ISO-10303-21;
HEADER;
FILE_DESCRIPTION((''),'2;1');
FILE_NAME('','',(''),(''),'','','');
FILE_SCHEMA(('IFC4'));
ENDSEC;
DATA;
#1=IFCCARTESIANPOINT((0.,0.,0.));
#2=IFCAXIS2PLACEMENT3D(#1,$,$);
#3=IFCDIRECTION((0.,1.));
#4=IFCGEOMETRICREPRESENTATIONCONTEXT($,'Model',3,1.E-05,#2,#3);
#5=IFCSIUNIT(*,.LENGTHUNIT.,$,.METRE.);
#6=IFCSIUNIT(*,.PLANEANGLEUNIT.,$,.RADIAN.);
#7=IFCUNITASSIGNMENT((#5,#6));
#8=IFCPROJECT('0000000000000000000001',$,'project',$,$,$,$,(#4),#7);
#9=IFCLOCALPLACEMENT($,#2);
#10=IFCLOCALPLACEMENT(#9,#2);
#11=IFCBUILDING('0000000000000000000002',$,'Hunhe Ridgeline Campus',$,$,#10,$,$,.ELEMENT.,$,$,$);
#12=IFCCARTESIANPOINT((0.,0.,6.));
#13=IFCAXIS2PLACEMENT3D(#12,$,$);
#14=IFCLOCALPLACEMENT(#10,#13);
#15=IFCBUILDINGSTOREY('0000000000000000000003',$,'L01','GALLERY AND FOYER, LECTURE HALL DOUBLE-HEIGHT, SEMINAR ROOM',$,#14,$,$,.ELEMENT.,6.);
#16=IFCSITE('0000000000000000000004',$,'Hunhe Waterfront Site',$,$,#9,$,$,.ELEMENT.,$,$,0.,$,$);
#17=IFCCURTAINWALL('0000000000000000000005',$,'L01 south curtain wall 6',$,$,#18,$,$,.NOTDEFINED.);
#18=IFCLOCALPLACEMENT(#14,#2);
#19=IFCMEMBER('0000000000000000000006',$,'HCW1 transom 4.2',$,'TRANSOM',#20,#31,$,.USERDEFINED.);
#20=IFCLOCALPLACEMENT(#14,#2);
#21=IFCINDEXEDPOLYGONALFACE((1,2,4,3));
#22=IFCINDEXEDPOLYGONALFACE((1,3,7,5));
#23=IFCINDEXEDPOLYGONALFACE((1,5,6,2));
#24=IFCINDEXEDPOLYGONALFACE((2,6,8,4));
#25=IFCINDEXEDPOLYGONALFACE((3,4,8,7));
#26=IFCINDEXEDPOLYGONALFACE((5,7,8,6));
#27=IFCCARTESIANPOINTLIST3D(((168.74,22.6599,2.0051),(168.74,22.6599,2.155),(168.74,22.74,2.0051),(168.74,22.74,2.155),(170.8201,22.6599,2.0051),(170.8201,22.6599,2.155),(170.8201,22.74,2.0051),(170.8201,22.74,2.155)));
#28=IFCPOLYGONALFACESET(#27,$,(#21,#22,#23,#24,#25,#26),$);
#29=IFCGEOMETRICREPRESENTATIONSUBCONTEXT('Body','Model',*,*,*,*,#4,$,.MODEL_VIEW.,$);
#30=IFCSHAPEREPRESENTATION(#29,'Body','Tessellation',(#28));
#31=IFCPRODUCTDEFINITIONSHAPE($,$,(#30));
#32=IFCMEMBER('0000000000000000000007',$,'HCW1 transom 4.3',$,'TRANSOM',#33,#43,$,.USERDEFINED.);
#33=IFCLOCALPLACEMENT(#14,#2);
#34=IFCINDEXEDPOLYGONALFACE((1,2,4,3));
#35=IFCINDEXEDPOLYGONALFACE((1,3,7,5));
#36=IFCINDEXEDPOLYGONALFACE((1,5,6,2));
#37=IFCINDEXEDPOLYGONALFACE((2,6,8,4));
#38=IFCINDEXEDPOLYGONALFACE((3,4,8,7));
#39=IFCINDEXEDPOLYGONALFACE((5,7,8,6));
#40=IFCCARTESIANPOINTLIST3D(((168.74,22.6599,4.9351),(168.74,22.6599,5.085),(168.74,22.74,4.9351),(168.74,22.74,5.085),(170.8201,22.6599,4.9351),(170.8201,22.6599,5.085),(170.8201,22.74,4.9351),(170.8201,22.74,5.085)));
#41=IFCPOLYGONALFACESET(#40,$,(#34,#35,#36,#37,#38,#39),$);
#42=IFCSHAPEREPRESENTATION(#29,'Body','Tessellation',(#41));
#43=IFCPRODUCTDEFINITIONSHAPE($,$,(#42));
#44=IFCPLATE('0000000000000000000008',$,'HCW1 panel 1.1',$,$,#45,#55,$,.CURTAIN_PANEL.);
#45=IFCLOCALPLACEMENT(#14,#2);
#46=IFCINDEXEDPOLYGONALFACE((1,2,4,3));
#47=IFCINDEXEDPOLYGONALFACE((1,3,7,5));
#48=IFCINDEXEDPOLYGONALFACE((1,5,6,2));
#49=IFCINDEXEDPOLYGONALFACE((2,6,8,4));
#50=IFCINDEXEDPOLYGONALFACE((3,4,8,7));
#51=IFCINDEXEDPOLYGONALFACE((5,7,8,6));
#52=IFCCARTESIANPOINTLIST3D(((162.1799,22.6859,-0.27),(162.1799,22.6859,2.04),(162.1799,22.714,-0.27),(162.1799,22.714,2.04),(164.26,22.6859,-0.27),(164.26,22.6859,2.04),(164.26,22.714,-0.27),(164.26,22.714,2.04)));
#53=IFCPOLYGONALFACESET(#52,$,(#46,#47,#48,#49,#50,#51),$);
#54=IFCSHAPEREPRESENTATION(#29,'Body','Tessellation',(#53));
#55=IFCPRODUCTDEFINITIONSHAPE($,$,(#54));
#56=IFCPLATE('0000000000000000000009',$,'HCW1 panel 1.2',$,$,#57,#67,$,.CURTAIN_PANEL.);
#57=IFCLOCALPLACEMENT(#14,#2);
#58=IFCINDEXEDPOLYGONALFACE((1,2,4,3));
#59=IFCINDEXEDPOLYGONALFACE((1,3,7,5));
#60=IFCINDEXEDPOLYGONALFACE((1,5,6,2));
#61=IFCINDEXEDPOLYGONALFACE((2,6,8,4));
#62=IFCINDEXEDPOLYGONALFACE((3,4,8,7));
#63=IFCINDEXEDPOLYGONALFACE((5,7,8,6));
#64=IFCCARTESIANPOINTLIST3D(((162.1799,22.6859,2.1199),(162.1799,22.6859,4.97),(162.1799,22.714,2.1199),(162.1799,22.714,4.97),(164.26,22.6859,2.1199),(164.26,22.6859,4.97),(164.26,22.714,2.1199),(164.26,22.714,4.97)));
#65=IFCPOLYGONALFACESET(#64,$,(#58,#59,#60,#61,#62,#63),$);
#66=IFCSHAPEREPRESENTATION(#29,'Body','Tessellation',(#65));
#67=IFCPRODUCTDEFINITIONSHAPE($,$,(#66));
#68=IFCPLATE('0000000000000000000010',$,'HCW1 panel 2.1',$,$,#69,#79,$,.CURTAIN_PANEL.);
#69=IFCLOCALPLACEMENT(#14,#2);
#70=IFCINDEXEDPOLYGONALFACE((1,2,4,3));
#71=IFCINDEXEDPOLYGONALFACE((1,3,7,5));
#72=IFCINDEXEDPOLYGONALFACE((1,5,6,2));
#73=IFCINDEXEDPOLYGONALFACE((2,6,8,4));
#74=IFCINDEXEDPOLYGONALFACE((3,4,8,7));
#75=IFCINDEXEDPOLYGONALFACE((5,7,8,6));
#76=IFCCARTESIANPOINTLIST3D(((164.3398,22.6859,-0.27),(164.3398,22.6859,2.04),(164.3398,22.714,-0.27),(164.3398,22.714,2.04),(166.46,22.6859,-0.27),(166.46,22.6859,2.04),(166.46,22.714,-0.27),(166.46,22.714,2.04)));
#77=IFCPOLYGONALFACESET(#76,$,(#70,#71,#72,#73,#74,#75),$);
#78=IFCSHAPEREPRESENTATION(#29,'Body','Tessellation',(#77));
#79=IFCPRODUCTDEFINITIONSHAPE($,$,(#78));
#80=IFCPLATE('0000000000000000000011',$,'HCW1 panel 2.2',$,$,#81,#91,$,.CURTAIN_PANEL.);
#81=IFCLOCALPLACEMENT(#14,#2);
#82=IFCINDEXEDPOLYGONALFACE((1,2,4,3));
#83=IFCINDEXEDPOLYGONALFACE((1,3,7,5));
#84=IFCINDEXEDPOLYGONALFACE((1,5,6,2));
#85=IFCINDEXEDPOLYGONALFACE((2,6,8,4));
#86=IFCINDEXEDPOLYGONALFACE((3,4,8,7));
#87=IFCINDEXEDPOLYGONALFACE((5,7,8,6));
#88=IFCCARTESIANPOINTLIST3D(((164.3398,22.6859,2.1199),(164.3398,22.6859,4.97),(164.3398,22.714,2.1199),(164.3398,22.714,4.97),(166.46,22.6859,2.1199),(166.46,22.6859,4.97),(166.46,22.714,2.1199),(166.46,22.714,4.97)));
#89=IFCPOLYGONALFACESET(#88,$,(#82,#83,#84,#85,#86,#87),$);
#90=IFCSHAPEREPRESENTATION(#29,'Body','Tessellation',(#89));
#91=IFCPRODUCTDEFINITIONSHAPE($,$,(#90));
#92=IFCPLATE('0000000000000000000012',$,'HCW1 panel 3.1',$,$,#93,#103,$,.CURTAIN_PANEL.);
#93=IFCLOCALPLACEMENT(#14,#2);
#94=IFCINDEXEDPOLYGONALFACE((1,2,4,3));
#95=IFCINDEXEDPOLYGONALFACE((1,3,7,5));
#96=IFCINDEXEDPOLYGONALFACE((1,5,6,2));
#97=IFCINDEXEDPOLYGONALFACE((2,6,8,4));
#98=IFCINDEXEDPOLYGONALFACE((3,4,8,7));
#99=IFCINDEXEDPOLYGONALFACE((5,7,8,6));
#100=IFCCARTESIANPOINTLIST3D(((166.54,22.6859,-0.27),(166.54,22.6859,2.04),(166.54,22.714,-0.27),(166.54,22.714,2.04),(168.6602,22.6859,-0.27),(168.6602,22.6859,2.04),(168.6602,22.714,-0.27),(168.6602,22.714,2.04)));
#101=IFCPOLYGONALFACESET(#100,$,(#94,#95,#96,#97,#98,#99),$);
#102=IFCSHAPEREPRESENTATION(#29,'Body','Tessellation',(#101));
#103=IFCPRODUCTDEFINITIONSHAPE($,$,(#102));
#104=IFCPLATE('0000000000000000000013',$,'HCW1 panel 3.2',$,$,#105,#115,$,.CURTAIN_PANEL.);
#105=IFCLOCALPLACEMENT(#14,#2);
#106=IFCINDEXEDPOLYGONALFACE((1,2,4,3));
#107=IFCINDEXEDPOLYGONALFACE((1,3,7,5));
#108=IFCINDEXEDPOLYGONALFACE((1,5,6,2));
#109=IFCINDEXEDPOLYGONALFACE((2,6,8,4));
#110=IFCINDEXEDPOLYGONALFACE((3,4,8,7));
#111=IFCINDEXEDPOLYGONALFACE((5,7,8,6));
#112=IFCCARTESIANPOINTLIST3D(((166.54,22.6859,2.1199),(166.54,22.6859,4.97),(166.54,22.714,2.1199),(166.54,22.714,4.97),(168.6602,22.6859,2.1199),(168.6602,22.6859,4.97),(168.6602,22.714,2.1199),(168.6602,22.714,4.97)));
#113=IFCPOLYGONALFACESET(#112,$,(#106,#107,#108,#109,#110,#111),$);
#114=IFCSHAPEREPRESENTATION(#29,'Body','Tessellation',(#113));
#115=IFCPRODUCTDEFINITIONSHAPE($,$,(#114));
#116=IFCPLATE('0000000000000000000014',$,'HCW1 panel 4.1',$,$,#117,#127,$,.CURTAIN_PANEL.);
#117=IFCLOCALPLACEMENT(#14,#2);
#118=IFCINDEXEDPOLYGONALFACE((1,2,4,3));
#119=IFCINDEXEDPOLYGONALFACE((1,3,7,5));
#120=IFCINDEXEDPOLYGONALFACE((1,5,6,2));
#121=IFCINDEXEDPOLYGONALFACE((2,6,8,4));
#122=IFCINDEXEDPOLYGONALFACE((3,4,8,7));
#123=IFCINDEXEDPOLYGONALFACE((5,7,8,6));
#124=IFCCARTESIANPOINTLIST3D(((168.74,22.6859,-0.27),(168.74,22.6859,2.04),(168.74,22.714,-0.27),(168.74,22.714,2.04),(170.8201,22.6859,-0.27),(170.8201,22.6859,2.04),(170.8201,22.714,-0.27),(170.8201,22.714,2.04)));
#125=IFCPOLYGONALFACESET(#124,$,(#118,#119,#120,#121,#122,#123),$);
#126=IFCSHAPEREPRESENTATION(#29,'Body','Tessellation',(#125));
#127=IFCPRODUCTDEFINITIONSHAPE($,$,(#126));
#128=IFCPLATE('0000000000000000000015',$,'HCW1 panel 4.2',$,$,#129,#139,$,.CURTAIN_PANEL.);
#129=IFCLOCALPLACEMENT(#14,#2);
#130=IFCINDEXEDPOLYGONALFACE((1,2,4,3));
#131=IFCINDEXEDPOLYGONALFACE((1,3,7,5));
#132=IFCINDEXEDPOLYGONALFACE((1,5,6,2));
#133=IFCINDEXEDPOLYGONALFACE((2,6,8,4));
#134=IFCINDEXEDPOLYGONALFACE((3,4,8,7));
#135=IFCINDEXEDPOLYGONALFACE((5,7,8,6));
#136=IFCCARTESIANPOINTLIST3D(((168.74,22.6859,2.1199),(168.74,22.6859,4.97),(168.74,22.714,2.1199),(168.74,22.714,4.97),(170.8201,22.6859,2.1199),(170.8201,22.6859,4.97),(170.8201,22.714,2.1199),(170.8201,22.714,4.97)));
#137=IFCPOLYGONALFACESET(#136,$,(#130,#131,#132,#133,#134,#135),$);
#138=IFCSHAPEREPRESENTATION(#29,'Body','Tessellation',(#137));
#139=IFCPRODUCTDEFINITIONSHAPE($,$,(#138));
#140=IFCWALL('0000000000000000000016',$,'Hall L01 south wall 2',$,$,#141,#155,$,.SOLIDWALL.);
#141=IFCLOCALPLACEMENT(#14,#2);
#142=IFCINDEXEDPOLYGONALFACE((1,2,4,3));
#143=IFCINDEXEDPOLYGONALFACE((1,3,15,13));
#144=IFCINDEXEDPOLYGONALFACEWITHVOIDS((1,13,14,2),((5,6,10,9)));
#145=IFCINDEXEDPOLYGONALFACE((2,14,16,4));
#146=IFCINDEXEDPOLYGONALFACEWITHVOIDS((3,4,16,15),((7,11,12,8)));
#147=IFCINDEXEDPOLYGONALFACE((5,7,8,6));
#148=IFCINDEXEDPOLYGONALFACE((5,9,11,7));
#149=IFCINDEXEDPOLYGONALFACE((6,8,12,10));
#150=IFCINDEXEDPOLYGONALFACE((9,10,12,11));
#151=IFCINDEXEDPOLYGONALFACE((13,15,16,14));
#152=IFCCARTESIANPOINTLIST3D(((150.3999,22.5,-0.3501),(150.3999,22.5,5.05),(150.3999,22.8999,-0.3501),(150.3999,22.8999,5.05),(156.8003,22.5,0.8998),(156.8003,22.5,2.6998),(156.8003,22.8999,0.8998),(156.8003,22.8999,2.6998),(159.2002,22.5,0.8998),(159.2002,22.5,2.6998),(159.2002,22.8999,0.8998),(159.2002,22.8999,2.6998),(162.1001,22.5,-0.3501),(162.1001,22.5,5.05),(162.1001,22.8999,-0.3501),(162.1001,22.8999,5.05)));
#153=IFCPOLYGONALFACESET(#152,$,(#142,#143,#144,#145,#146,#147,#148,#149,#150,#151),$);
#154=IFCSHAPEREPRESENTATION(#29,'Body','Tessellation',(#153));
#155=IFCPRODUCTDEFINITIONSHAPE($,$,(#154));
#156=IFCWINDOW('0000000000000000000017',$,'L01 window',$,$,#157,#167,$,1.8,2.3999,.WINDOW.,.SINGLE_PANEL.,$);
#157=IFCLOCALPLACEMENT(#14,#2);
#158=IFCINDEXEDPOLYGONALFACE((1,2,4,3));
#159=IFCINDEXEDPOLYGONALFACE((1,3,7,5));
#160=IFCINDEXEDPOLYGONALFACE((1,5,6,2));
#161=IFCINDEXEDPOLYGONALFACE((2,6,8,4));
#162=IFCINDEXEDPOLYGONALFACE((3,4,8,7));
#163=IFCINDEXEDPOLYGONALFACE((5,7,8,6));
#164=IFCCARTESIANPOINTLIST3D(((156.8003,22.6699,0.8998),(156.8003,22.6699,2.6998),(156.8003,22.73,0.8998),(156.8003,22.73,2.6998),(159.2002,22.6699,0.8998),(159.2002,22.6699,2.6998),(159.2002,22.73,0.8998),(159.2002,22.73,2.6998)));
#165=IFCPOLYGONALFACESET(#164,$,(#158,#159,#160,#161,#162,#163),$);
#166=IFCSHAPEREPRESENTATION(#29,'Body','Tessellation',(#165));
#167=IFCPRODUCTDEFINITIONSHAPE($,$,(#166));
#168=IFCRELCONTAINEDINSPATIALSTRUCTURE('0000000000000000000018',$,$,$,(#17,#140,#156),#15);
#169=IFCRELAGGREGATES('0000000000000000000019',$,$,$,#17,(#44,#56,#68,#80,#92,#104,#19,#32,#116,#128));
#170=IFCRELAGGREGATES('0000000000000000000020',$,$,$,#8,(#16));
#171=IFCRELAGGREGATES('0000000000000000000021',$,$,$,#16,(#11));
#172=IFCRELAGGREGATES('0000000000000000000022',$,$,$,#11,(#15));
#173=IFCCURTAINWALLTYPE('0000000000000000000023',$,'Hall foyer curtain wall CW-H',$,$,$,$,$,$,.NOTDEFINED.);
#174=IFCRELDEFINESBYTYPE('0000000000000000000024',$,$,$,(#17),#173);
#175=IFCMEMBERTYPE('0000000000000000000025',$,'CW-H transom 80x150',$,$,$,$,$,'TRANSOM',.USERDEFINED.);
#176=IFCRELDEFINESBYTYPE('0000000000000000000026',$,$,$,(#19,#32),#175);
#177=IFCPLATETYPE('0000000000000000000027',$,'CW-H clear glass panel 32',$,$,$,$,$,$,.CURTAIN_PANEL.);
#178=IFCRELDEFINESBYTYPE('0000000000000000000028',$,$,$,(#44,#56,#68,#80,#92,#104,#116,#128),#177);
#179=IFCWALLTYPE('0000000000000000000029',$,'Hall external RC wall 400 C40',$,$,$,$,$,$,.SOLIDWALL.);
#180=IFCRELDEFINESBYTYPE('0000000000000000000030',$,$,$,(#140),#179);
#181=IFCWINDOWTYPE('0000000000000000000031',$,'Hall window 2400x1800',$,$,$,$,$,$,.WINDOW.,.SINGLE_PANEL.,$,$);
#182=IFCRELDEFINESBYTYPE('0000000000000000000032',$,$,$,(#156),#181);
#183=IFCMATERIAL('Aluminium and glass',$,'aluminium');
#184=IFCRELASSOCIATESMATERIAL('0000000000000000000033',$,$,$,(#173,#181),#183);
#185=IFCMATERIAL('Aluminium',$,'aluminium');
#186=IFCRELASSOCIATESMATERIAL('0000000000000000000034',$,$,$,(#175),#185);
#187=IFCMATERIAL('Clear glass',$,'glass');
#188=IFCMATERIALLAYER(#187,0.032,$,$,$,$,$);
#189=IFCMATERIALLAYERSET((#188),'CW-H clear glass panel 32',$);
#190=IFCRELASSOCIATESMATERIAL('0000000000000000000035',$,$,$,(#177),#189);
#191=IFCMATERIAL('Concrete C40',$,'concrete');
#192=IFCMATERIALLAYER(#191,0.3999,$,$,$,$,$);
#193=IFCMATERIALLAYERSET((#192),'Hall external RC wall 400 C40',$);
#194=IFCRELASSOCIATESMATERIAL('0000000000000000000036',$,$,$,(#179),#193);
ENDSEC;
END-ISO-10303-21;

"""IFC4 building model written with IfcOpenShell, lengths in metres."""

from ifc_helpers import new_model, si_unit, direction, frame, frame_2d, origin, origin_2d, place, context, subcontext, project, spatial, rectangle, extrude, material, layer, layer_set, material_profile, profile_set, type_object, element, fill, aggregate, save


model = new_model("IFC4")

# Units and contexts
model_context = context("Model", 3, precision=1e-05, world=origin(), true_north=direction((0.0, 1.0)))
body_context = subcontext(model_context, "Body", "Model", "MODEL_VIEW")
ifc_project = project(units=[si_unit("LENGTHUNIT", "METRE"), si_unit("PLANEANGLEUNIT", "RADIAN")], contexts=[model_context])

# Site, building, storey
site_placement = place(None, origin())
site = spatial("IfcSite", under=ifc_project, at=site_placement, Name="Hunhe Waterfront Site", CompositionType="ELEMENT", RefElevation=0.0)
building_placement = place(site_placement, origin())
building = spatial("IfcBuilding", under=site, at=building_placement, Name="Hunhe Ridgeline Campus", CompositionType="ELEMENT")
storey_placement = place(building_placement, frame((0.0, 0.0, 6.0)))
storey = spatial("IfcBuildingStorey", under=building, at=storey_placement, Name="L01", Description="GALLERY AND FOYER, LECTURE HALL DOUBLE-HEIGHT, SEMINAR ROOM", CompositionType="ELEMENT", Elevation=6.0)

# Curtain wall, members, plates
ifc_material_1 = material(Name="Aluminium and glass", Category="aluminium")
curtain_wall_type = type_object("IfcCurtainWallType", Name="Hall foyer curtain wall CW-H", PredefinedType="NOTDEFINED", material=ifc_material_1)
curtain_wall_placement = place(storey_placement, origin())
curtain_wall = element("IfcCurtainWall", 1, at=curtain_wall_placement, inside=storey, type_object=curtain_wall_type, Name="L01 south curtain wall 6", PredefinedType="NOTDEFINED")
ifc_material_2 = material(Name="Aluminium", Category="aluminium")
ifc_material_profile_1 = material_profile(ifc_material_2, rectangle(XDim=0.0801, YDim=0.1499, at=origin_2d()))
ifc_profile_set_1 = profile_set([ifc_material_profile_1], Name="Aluminium")
member_type_1 = type_object("IfcMemberType", Name="CW-H transom 80x150", ElementType="TRANSOM", PredefinedType="USERDEFINED", material=ifc_profile_set_1)
member_1_placement = place(storey_placement, frame((168.74, 22.7, 2.0801), z_axis=(1.0, 0.0, 0.0), x_axis=(0.0, 1.0, 0.0)))
member_1 = element("IfcMember", 2, at=member_1_placement, type_object=member_type_1, Name="HCW1 transom 4.2", ObjectType="TRANSOM", PredefinedType="USERDEFINED", context=body_context, shape_type="SweptSolid", body=[
    extrude(rectangle(XDim=0.0801, YDim=0.1499, at=origin_2d()), origin(), (0.0, 0.0, 1.0), 2.0801),
])
member_2_placement = place(storey_placement, frame((168.74, 22.7, 5.01), z_axis=(1.0, 0.0, 0.0), x_axis=(0.0, 1.0, 0.0)))
member_2 = element("IfcMember", 3, at=member_2_placement, type_object=member_type_1, Name="HCW1 transom 4.3", ObjectType="TRANSOM", PredefinedType="USERDEFINED", context=body_context, shape_type="SweptSolid", body=[
    extrude(rectangle(XDim=0.0801, YDim=0.1499, at=origin_2d()), origin(), (0.0, 0.0, 1.0), 2.0801),
])
ifc_material_3 = material(Name="Clear glass", Category="glass")
ifc_layer_1 = layer(ifc_material_3, 0.032)
ifc_layer_set_1 = layer_set([ifc_layer_1], Name="CW-H clear glass panel 32")
plate_type = type_object("IfcPlateType", Name="CW-H clear glass panel 32", PredefinedType="CURTAIN_PANEL", material=ifc_layer_set_1)
plate_1_placement = place(storey_placement, frame((163.22, 22.7, -0.27), z_axis=(0.0, 0.0, 1.0), x_axis=(1.0, 0.0, 0.0)))
plate_1 = element("IfcPlate", 4, at=plate_1_placement, type_object=plate_type, Name="HCW1 panel 1.1", PredefinedType="CURTAIN_PANEL", context=body_context, shape_type="SweptSolid", body=[
    extrude(rectangle(XDim=2.0801, YDim=0.0281, at=origin_2d()), origin(), (0.0, 0.0, 1.0), 2.3101),
])
plate_2_placement = place(storey_placement, frame((163.22, 22.7, 2.1199), z_axis=(0.0, 0.0, 1.0), x_axis=(1.0, 0.0, 0.0)))
plate_2 = element("IfcPlate", 5, at=plate_2_placement, type_object=plate_type, Name="HCW1 panel 1.2", PredefinedType="CURTAIN_PANEL", context=body_context, shape_type="SweptSolid", body=[
    extrude(rectangle(XDim=2.0801, YDim=0.0281, at=origin_2d()), origin(), (0.0, 0.0, 1.0), 2.8501),
])
plate_3_placement = place(storey_placement, frame((165.3999, 22.7, -0.27), z_axis=(0.0, 0.0, 1.0), x_axis=(1.0, 0.0, 0.0)))
plate_3 = element("IfcPlate", 6, at=plate_3_placement, type_object=plate_type, Name="HCW1 panel 2.1", PredefinedType="CURTAIN_PANEL", context=body_context, shape_type="SweptSolid", body=[
    extrude(rectangle(XDim=2.1201, YDim=0.0281, at=origin_2d()), origin(), (0.0, 0.0, 1.0), 2.3101),
])
plate_4_placement = place(storey_placement, frame((165.3999, 22.7, 2.1199), z_axis=(0.0, 0.0, 1.0), x_axis=(1.0, 0.0, 0.0)))
plate_4 = element("IfcPlate", 7, at=plate_4_placement, type_object=plate_type, Name="HCW1 panel 2.2", PredefinedType="CURTAIN_PANEL", context=body_context, shape_type="SweptSolid", body=[
    extrude(rectangle(XDim=2.1201, YDim=0.0281, at=origin_2d()), origin(), (0.0, 0.0, 1.0), 2.8501),
])
plate_5_placement = place(storey_placement, frame((167.6001, 22.7, -0.27), z_axis=(0.0, 0.0, 1.0), x_axis=(1.0, 0.0, 0.0)))
plate_5 = element("IfcPlate", 8, at=plate_5_placement, type_object=plate_type, Name="HCW1 panel 3.1", PredefinedType="CURTAIN_PANEL", context=body_context, shape_type="SweptSolid", body=[
    extrude(rectangle(XDim=2.1201, YDim=0.0281, at=origin_2d()), origin(), (0.0, 0.0, 1.0), 2.3101),
])
plate_6_placement = place(storey_placement, frame((167.6001, 22.7, 2.1199), z_axis=(0.0, 0.0, 1.0), x_axis=(1.0, 0.0, 0.0)))
plate_6 = element("IfcPlate", 9, at=plate_6_placement, type_object=plate_type, Name="HCW1 panel 3.2", PredefinedType="CURTAIN_PANEL", context=body_context, shape_type="SweptSolid", body=[
    extrude(rectangle(XDim=2.1201, YDim=0.0281, at=origin_2d()), origin(), (0.0, 0.0, 1.0), 2.8501),
])
plate_7_placement = place(storey_placement, frame((169.78, 22.7, -0.27), z_axis=(0.0, 0.0, 1.0), x_axis=(1.0, 0.0, 0.0)))
plate_7 = element("IfcPlate", 10, at=plate_7_placement, type_object=plate_type, Name="HCW1 panel 4.1", PredefinedType="CURTAIN_PANEL", context=body_context, shape_type="SweptSolid", body=[
    extrude(rectangle(XDim=2.0801, YDim=0.0281, at=origin_2d()), origin(), (0.0, 0.0, 1.0), 2.3101),
])
plate_8_placement = place(storey_placement, frame((169.78, 22.7, 2.1199), z_axis=(0.0, 0.0, 1.0), x_axis=(1.0, 0.0, 0.0)))
plate_8 = element("IfcPlate", 11, at=plate_8_placement, type_object=plate_type, Name="HCW1 panel 4.2", PredefinedType="CURTAIN_PANEL", context=body_context, shape_type="SweptSolid", body=[
    extrude(rectangle(XDim=2.0801, YDim=0.0281, at=origin_2d()), origin(), (0.0, 0.0, 1.0), 2.8501),
])
aggregate(curtain_wall, [plate_1, plate_2, plate_3, plate_4, plate_5, plate_6, member_1, member_2, plate_7, plate_8])

# Wall, opening, window
ifc_material_4 = material(Name="Concrete C40", Category="concrete")
ifc_layer_2 = layer(ifc_material_4, 0.3999)
ifc_layer_set_2 = layer_set([ifc_layer_2], Name="Hall external RC wall 400 C40")
wall_type_1 = type_object("IfcWallType", Name="Hall external RC wall 400 C40", PredefinedType="SOLIDWALL", material=ifc_layer_set_2)
wall_1_placement = place(storey_placement, frame((162.1001, 22.7, -0.3501), z_axis=(0.0, 0.0, 1.0), x_axis=(-1.0, 0.0, 0.0)))
wall_1 = element("IfcWall", 12, at=wall_1_placement, inside=storey, type_object=wall_type_1, Name="Hall L01 south wall 2", PredefinedType="SOLIDWALL", context=body_context, shape_type="SweptSolid", body=[
    extrude(rectangle(XDim=11.7002, YDim=0.3999, at=frame_2d((5.8501, 0.0))), origin(), (0.0, 0.0, 1.0), 5.4001),
])
opening_1_placement = place(wall_1_placement, frame((2.8999, 0.0, 1.25)))
opening_1 = element("IfcOpeningElement", 13, at=opening_1_placement, cuts=wall_1, PredefinedType="OPENING", context=body_context, shape_type="SweptSolid", body=[
    extrude(rectangle(XDim=2.3999, YDim=1.8, at=frame_2d((1.2, 0.8999))), frame((0.0, 0.2, 0.0), z_axis=(0.0, -1.0, 0.0), x_axis=(1.0, 0.0, 0.0)), (0.0, 0.0, 1.0), 0.3999),
])
window_type = type_object("IfcWindowType", Name="Hall window 2400x1800", PartitioningType="SINGLE_PANEL", PredefinedType="WINDOW", material=ifc_material_1)
window_placement = place(opening_1_placement, origin())
window = element("IfcWindow", 14, at=window_placement, inside=storey, type_object=window_type, Name="L01 window", OverallHeight=1.8, OverallWidth=2.3999, PartitioningType="SINGLE_PANEL", PredefinedType="WINDOW", context=body_context, shape_type="SweptSolid", body=[
    extrude(rectangle(XDim=2.3999, YDim=1.8, at=frame_2d((1.2, 0.8999))), frame((0.0, 0.03, 0.0), z_axis=(0.0, -1.0, 0.0), x_axis=(1.0, 0.0, 0.0)), (0.0, 0.0, 1.0), 0.0601),
])
fill(opening_1, window)

save(model, "model.ifc")
